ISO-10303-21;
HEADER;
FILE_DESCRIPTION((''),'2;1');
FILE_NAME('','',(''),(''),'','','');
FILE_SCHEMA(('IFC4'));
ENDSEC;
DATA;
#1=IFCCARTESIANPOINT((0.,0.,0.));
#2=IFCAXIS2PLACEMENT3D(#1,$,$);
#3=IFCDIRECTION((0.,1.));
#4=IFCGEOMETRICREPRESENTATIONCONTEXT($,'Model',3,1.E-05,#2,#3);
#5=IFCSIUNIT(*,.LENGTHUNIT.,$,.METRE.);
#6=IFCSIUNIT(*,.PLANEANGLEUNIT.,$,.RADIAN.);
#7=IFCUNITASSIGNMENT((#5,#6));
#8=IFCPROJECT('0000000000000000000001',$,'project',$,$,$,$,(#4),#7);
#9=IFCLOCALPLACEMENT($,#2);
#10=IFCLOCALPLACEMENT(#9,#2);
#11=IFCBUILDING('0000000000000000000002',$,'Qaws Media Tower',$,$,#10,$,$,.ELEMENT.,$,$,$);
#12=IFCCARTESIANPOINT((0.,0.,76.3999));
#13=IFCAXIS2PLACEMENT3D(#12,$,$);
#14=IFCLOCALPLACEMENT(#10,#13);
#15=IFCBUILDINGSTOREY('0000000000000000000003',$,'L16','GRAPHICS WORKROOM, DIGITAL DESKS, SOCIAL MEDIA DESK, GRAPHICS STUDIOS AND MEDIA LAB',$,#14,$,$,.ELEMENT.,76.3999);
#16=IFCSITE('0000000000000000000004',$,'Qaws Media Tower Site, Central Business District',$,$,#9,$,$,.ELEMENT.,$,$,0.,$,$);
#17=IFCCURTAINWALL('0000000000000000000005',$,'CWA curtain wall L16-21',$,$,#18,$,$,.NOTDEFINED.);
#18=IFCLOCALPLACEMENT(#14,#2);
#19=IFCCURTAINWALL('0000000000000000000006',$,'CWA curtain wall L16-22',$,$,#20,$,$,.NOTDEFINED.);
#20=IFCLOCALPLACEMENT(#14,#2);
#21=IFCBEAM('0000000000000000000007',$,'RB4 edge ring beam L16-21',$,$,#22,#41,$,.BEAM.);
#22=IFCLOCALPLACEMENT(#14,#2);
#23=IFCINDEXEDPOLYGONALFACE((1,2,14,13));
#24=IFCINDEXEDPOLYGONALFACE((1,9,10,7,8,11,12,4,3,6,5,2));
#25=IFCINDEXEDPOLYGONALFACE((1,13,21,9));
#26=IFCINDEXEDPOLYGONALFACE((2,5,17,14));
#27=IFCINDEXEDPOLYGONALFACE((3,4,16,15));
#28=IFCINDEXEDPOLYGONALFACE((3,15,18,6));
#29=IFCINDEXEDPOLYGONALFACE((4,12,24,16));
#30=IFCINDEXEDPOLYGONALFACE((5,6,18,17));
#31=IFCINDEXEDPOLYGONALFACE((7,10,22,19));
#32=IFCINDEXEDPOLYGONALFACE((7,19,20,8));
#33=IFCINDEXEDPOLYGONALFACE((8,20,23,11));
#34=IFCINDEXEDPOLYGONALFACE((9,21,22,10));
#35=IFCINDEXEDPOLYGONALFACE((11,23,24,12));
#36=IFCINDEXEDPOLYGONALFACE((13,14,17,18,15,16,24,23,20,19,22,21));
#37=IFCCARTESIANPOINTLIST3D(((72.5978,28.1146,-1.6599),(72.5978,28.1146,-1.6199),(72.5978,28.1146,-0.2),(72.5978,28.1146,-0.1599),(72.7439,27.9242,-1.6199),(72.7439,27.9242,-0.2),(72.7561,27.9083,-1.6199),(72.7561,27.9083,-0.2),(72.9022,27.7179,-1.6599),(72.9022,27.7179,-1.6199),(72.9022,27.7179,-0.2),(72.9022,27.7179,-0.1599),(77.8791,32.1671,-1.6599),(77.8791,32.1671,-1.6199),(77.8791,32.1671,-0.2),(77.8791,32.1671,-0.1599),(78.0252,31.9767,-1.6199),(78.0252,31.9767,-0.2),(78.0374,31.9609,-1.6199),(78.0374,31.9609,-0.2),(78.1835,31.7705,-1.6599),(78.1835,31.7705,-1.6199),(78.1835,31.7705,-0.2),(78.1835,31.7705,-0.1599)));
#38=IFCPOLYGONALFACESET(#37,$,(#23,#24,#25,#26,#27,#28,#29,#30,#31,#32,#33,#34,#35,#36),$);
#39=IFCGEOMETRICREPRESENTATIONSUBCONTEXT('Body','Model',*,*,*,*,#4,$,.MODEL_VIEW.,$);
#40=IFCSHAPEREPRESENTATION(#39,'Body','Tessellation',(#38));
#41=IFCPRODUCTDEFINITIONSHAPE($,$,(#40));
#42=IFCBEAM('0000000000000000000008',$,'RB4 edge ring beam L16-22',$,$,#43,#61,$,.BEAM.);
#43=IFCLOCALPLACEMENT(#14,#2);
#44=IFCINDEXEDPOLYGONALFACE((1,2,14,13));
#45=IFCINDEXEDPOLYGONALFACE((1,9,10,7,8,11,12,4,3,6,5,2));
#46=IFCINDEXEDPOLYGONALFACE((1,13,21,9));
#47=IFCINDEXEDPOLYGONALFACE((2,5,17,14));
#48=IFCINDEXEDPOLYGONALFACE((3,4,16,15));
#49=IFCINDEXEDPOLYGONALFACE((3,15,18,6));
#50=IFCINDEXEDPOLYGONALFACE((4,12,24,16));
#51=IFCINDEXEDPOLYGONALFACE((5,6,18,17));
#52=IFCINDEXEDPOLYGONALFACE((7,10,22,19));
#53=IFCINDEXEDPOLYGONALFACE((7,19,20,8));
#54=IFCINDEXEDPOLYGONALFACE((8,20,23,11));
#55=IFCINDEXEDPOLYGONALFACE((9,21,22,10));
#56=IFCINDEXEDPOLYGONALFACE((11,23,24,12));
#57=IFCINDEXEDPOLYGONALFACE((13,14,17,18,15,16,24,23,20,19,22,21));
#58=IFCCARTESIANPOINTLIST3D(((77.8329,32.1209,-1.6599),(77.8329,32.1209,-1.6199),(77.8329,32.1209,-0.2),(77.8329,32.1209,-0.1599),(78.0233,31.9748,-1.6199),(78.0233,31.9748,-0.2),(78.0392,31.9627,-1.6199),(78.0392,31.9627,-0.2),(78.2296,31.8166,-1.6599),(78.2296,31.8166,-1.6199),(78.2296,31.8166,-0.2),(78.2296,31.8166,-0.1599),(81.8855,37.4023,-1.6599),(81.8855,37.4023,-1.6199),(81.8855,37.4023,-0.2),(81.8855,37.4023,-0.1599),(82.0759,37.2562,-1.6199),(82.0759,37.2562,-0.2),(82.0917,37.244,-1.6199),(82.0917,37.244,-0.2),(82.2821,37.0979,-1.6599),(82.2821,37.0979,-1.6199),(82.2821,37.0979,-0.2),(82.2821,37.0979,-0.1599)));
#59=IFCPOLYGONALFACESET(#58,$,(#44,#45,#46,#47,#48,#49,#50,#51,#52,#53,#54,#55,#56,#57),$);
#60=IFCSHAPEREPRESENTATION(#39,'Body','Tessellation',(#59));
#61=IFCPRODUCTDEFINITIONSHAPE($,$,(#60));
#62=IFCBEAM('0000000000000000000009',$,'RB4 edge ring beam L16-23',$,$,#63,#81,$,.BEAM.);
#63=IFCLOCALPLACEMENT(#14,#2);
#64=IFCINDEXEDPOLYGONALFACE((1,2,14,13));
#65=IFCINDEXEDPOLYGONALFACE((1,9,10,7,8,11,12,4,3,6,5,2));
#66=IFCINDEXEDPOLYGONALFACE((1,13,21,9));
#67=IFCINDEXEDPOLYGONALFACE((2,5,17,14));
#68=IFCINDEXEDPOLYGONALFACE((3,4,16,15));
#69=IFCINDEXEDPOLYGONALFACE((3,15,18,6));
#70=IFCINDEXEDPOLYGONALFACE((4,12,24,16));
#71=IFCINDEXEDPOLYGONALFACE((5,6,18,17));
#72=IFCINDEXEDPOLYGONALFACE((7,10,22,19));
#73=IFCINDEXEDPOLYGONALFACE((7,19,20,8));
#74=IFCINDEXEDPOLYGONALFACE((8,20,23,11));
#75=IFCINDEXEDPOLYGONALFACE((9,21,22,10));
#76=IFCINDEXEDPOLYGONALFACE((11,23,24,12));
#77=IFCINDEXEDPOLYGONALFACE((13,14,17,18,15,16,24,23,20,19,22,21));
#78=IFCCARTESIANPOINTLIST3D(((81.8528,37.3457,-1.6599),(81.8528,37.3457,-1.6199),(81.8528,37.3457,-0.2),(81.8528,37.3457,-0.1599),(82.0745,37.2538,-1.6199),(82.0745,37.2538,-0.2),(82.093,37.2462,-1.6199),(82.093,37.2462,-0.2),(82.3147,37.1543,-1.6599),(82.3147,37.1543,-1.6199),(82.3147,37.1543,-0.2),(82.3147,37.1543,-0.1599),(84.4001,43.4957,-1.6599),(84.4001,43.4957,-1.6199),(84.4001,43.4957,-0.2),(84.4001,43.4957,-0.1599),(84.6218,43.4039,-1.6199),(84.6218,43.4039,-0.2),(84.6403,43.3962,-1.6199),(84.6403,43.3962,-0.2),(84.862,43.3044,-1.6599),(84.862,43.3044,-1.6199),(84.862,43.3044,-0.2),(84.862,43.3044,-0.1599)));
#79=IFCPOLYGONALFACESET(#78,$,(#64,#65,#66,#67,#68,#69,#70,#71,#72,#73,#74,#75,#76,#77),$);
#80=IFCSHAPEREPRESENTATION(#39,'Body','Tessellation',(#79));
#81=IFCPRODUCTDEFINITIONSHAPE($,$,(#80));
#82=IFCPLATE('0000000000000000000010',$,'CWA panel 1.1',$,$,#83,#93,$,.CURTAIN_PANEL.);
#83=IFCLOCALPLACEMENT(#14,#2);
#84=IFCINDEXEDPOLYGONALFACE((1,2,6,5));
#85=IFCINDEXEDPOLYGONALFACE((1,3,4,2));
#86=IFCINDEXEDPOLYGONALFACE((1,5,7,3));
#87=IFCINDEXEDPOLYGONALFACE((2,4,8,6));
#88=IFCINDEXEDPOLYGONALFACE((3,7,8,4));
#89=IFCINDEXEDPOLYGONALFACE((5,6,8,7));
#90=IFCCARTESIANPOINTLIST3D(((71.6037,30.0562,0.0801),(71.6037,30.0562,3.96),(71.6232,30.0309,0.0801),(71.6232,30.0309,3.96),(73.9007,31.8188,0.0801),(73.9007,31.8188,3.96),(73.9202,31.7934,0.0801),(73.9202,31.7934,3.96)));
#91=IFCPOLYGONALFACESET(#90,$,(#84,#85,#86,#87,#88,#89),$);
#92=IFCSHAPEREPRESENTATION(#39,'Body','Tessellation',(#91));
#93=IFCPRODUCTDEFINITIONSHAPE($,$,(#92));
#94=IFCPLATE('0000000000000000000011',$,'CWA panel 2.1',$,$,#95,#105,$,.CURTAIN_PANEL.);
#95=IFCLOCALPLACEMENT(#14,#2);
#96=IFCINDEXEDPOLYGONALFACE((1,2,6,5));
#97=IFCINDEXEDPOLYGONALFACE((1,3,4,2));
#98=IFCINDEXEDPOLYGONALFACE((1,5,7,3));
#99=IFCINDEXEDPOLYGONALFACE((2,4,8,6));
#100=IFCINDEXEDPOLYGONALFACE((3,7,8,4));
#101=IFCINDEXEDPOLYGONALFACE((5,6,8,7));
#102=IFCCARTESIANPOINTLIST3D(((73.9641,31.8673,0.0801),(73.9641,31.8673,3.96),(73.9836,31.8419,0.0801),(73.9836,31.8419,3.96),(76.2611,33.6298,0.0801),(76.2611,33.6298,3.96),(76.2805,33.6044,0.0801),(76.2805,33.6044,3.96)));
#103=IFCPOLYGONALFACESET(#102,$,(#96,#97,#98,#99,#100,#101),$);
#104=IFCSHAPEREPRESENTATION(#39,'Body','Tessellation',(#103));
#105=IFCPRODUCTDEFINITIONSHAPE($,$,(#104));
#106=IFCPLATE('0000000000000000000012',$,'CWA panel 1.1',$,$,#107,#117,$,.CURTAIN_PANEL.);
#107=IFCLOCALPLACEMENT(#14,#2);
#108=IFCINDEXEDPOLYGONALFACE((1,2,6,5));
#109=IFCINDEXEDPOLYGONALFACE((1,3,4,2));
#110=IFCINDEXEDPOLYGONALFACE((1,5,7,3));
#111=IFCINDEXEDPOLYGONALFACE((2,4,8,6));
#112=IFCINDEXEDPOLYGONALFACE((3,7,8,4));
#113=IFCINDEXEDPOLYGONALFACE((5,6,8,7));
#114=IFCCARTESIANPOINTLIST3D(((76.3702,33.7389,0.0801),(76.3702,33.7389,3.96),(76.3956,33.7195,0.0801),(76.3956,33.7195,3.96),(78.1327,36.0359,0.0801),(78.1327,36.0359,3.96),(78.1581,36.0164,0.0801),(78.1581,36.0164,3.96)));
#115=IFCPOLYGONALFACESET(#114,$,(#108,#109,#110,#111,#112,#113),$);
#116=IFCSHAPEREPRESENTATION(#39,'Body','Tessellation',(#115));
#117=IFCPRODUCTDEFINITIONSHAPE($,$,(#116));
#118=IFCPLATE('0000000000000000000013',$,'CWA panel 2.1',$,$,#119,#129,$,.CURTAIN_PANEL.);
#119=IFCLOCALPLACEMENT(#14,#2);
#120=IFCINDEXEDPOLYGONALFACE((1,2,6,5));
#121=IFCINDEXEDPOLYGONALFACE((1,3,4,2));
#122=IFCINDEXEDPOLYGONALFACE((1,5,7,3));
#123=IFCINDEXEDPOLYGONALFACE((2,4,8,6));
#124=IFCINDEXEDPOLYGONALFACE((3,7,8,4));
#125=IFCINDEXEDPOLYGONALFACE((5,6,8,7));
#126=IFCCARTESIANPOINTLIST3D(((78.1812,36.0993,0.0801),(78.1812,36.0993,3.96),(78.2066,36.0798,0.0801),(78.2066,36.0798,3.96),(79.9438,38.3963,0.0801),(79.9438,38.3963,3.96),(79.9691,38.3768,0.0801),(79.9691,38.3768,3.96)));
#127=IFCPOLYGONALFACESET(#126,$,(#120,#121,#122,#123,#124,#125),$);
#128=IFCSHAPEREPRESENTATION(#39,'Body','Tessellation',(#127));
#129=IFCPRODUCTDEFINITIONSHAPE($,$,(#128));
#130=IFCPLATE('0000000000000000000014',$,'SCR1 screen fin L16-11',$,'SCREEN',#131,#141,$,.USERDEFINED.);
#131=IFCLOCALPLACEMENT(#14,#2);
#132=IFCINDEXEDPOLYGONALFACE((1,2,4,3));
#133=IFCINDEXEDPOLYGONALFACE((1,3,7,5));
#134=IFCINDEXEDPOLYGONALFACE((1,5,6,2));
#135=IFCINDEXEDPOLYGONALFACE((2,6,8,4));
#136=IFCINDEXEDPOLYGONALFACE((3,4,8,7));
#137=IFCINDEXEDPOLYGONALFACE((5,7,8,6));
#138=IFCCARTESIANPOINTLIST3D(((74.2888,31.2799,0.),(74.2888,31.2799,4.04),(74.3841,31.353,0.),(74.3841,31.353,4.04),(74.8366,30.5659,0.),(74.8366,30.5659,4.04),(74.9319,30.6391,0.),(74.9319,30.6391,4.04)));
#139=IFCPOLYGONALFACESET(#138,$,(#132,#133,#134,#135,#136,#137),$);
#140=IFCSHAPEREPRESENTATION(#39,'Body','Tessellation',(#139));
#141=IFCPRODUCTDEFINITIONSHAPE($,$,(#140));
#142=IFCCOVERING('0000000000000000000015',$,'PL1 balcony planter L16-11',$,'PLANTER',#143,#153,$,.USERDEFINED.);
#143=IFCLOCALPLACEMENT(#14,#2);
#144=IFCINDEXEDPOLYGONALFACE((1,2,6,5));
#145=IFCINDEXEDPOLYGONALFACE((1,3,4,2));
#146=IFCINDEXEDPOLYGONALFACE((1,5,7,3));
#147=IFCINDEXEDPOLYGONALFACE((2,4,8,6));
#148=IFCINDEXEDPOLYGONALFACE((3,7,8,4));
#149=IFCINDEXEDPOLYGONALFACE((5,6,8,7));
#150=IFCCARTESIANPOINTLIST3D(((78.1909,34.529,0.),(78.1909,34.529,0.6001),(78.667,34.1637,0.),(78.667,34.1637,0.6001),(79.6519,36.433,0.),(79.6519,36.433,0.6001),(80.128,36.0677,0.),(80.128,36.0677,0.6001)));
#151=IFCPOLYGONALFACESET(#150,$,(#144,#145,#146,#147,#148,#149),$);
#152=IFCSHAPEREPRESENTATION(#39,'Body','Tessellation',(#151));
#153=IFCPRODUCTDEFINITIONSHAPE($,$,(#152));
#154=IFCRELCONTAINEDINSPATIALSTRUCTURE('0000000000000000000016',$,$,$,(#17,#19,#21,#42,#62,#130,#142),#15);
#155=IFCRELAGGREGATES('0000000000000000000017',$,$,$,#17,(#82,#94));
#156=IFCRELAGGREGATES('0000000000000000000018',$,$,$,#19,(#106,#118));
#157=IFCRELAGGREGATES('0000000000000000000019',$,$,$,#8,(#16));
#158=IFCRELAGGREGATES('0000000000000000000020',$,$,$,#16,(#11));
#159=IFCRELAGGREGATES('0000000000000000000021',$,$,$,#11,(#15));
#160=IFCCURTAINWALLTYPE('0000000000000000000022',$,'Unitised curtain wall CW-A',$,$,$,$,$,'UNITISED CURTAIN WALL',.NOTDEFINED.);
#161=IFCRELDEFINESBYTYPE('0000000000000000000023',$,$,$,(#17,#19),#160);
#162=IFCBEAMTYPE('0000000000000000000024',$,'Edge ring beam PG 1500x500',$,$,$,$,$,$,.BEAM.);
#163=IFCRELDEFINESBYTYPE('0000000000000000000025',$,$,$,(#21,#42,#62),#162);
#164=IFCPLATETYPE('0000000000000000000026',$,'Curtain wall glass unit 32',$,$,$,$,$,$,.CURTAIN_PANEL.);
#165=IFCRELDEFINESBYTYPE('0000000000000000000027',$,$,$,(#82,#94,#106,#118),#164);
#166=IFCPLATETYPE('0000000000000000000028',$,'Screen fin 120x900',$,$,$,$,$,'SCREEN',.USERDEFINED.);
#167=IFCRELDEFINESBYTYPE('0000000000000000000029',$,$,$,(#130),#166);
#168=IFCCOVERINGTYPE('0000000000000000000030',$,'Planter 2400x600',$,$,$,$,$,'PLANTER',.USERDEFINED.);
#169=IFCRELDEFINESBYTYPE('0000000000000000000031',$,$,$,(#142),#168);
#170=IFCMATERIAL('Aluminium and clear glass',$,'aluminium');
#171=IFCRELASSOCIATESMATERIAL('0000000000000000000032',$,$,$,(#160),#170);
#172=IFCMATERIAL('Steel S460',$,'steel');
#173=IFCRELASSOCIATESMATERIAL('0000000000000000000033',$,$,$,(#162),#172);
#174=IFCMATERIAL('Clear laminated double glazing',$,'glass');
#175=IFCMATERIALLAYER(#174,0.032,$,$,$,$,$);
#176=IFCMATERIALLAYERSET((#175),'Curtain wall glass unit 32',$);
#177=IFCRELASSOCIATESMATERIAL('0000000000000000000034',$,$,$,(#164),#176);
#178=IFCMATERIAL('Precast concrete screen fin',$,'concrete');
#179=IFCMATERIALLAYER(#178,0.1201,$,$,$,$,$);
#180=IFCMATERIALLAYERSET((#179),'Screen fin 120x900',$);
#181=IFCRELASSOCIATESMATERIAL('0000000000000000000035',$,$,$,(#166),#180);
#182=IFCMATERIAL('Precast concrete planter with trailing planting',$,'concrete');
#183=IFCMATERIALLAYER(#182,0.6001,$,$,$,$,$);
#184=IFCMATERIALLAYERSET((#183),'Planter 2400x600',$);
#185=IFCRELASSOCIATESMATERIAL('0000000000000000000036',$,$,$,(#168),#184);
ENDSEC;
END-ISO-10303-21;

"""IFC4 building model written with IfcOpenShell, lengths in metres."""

from ifc_helpers import new_model, si_unit, direction, frame, origin, origin_2d, place, context, subcontext, project, spatial, rectangle, i_section, extrude, material, layer, layer_set, material_profile, profile_set, type_object, element, aggregate, save


model = new_model("IFC4")

# Units and contexts
model_context = context("Model", 3, precision=1e-05, world=origin(), true_north=direction((0.0, 1.0)))
body_context = subcontext(model_context, "Body", "Model", "MODEL_VIEW")
ifc_project = project(units=[si_unit("LENGTHUNIT", "METRE"), si_unit("PLANEANGLEUNIT", "RADIAN")], contexts=[model_context])

# Site, building, storey
site_placement = place(None, origin())
site = spatial("IfcSite", under=ifc_project, at=site_placement, Name="Qaws Media Tower Site, Central Business District", CompositionType="ELEMENT", RefElevation=0.0)
building_placement = place(site_placement, origin())
building = spatial("IfcBuilding", under=site, at=building_placement, Name="Qaws Media Tower", CompositionType="ELEMENT")
storey_placement = place(building_placement, frame((0.0, 0.0, 76.3999)))
storey = spatial("IfcBuildingStorey", under=building, at=storey_placement, Name="L16", Description="GRAPHICS WORKROOM, DIGITAL DESKS, SOCIAL MEDIA DESK, GRAPHICS STUDIOS AND MEDIA LAB", CompositionType="ELEMENT", Elevation=76.3999)

# Curtain walls
ifc_material_1 = material(Name="Aluminium and clear glass", Category="aluminium")
curtain_wall_type = type_object("IfcCurtainWallType", Name="Unitised curtain wall CW-A", ElementType="UNITISED CURTAIN WALL", PredefinedType="NOTDEFINED", material=ifc_material_1)
curtain_wall_1_placement = place(storey_placement, origin())
curtain_wall_1 = element("IfcCurtainWall", 1, at=curtain_wall_1_placement, inside=storey, type_object=curtain_wall_type, Name="CWA curtain wall L16-21", PredefinedType="NOTDEFINED")
curtain_wall_2_placement = place(storey_placement, origin())
curtain_wall_2 = element("IfcCurtainWall", 2, at=curtain_wall_2_placement, inside=storey, type_object=curtain_wall_type, Name="CWA curtain wall L16-22", PredefinedType="NOTDEFINED")

# Beams
ifc_material_2 = material(Name="Steel S460", Category="steel")
ifc_material_profile_1 = material_profile(ifc_material_2, i_section(OverallWidth=0.5, OverallDepth=1.5, WebThickness=0.02, FlangeThickness=0.04, at=origin_2d()), Name="PG 1500x500")
ifc_profile_set_1 = profile_set([ifc_material_profile_1], Name="Steel S460")
beam_type = type_object("IfcBeamType", Name="Edge ring beam PG 1500x500", PredefinedType="BEAM", material=ifc_profile_set_1)
for number, where, z_axis, x_axis, name in (
    (3, (72.75, 27.9163, -0.9099), (0.79335, 0.608766, 0.0), (-0.608766, 0.79335, 0.0), "RB4 edge ring beam L16-21"),
    (4, (78.0312, 31.9688, -0.9099), (0.608766, 0.79335, 0.0), (-0.79335, 0.608766, 0.0), "RB4 edge ring beam L16-22"),
):
    element("IfcBeam", number, at=place(storey_placement, frame(where, z_axis=z_axis, x_axis=x_axis)), inside=storey, type_object=beam_type, Name=name, PredefinedType="BEAM", context=body_context, shape_type="SweptSolid", body=[
        extrude(i_section(OverallWidth=0.5, OverallDepth=1.5, WebThickness=0.02, FlangeThickness=0.04, at=origin_2d()), origin(), (0.0, 0.0, 1.0), 6.657),
    ])
beam_placement = place(storey_placement, frame((82.0837, 37.25, -0.9099), z_axis=(0.382669, 0.923885, 0.0), x_axis=(-0.923885, 0.382669, 0.0)))
element("IfcBeam", 5, at=beam_placement, inside=storey, type_object=beam_type, Name="RB4 edge ring beam L16-23", PredefinedType="BEAM", context=body_context, shape_type="SweptSolid", body=[
    extrude(i_section(OverallWidth=0.5, OverallDepth=1.5, WebThickness=0.02, FlangeThickness=0.04, at=origin_2d()), origin(), (0.0, 0.0, 1.0), 6.6567),
])

# Plates
ifc_material_3 = material(Name="Clear laminated double glazing", Category="glass")
ifc_layer_1 = layer(ifc_material_3, 0.032)
ifc_layer_set_1 = layer_set([ifc_layer_1], Name="Curtain wall glass unit 32")
plate_type_1 = type_object("IfcPlateType", Name="Curtain wall glass unit 32", PredefinedType="CURTAIN_PANEL", material=ifc_layer_set_1)
plate_1_placement = place(storey_placement, frame((72.762, 30.9248, 0.0801), z_axis=(0.0, 0.0, 1.0), x_axis=(0.793353, 0.608761, 0.0)))
plate_1 = element("IfcPlate", 6, at=plate_1_placement, type_object=plate_type_1, Name="CWA panel 1.1", PredefinedType="CURTAIN_PANEL", context=body_context, shape_type="SweptSolid", body=[
    extrude(rectangle(XDim=2.8953, YDim=0.032, at=origin_2d()), origin(), (0.0, 0.0, 1.0), 3.8799),
])
plate_2_placement = place(storey_placement, frame((75.1223, 32.7358, 0.0801), z_axis=(0.0, 0.0, 1.0), x_axis=(0.793353, 0.608761, 0.0)))
plate_2 = element("IfcPlate", 7, at=plate_2_placement, type_object=plate_type_1, Name="CWA panel 2.1", PredefinedType="CURTAIN_PANEL", context=body_context, shape_type="SweptSolid", body=[
    extrude(rectangle(XDim=2.8953, YDim=0.032, at=origin_2d()), origin(), (0.0, 0.0, 1.0), 3.8799),
])
aggregate(curtain_wall_1, [plate_1, plate_2])
plate_3_placement = place(storey_placement, frame((77.2642, 34.8777, 0.0801), z_axis=(0.0, 0.0, 1.0), x_axis=(0.608761, 0.793353, 0.0)))
plate_3 = element("IfcPlate", 8, at=plate_3_placement, type_object=plate_type_1, Name="CWA panel 1.1", PredefinedType="CURTAIN_PANEL", context=body_context, shape_type="SweptSolid", body=[
    extrude(rectangle(XDim=2.8953, YDim=0.032, at=origin_2d()), origin(), (0.0, 0.0, 1.0), 3.8799),
])
plate_4_placement = place(storey_placement, frame((79.0752, 37.238, 0.0801), z_axis=(0.0, 0.0, 1.0), x_axis=(0.608761, 0.793353, 0.0)))
plate_4 = element("IfcPlate", 9, at=plate_4_placement, type_object=plate_type_1, Name="CWA panel 2.1", PredefinedType="CURTAIN_PANEL", context=body_context, shape_type="SweptSolid", body=[
    extrude(rectangle(XDim=2.8953, YDim=0.032, at=origin_2d()), origin(), (0.0, 0.0, 1.0), 3.8799),
])
aggregate(curtain_wall_2, [plate_3, plate_4])
ifc_material_4 = material(Name="Precast concrete screen fin", Category="concrete")
ifc_layer_2 = layer(ifc_material_4, 0.1201)
ifc_layer_set_2 = layer_set([ifc_layer_2], Name="Screen fin 120x900")
plate_type_2 = type_object("IfcPlateType", Name="Screen fin 120x900", ElementType="SCREEN", PredefinedType="USERDEFINED", material=ifc_layer_set_2)
plate_5_placement = place(storey_placement, frame((74.6104, 30.9595, 0.0), z_axis=(0.0, 0.0, 1.0), x_axis=(0.608761, -0.793353, 0.0)))
element("IfcPlate", 10, at=plate_5_placement, inside=storey, type_object=plate_type_2, Name="SCR1 screen fin L16-11", ObjectType="SCREEN", PredefinedType="USERDEFINED", context=body_context, shape_type="SweptSolid", body=[
    extrude(rectangle(XDim=0.8999, YDim=0.1201, at=origin_2d()), origin(), (0.0, 0.0, 1.0), 4.04),
])

# Covering
ifc_material_5 = material(Name="Precast concrete planter with trailing planting", Category="concrete")
ifc_layer_3 = layer(ifc_material_5, 0.6001)
ifc_layer_set_3 = layer_set([ifc_layer_3], Name="Planter 2400x600")
covering_type = type_object("IfcCoveringType", Name="Planter 2400x600", ElementType="PLANTER", PredefinedType="USERDEFINED", material=ifc_layer_set_3)
covering_placement = place(storey_placement, frame((79.1594, 35.2983, 0.0), z_axis=(0.0, 0.0, 1.0), x_axis=(0.608761, 0.793353, 0.0)))
element("IfcCovering", 11, at=covering_placement, inside=storey, type_object=covering_type, Name="PL1 balcony planter L16-11", ObjectType="PLANTER", PredefinedType="USERDEFINED", context=body_context, shape_type="SweptSolid", body=[
    extrude(rectangle(XDim=2.3999, YDim=0.6001, at=origin_2d()), origin(), (0.0, 0.0, 1.0), 0.6001),
])

save(model, "model.ifc")
